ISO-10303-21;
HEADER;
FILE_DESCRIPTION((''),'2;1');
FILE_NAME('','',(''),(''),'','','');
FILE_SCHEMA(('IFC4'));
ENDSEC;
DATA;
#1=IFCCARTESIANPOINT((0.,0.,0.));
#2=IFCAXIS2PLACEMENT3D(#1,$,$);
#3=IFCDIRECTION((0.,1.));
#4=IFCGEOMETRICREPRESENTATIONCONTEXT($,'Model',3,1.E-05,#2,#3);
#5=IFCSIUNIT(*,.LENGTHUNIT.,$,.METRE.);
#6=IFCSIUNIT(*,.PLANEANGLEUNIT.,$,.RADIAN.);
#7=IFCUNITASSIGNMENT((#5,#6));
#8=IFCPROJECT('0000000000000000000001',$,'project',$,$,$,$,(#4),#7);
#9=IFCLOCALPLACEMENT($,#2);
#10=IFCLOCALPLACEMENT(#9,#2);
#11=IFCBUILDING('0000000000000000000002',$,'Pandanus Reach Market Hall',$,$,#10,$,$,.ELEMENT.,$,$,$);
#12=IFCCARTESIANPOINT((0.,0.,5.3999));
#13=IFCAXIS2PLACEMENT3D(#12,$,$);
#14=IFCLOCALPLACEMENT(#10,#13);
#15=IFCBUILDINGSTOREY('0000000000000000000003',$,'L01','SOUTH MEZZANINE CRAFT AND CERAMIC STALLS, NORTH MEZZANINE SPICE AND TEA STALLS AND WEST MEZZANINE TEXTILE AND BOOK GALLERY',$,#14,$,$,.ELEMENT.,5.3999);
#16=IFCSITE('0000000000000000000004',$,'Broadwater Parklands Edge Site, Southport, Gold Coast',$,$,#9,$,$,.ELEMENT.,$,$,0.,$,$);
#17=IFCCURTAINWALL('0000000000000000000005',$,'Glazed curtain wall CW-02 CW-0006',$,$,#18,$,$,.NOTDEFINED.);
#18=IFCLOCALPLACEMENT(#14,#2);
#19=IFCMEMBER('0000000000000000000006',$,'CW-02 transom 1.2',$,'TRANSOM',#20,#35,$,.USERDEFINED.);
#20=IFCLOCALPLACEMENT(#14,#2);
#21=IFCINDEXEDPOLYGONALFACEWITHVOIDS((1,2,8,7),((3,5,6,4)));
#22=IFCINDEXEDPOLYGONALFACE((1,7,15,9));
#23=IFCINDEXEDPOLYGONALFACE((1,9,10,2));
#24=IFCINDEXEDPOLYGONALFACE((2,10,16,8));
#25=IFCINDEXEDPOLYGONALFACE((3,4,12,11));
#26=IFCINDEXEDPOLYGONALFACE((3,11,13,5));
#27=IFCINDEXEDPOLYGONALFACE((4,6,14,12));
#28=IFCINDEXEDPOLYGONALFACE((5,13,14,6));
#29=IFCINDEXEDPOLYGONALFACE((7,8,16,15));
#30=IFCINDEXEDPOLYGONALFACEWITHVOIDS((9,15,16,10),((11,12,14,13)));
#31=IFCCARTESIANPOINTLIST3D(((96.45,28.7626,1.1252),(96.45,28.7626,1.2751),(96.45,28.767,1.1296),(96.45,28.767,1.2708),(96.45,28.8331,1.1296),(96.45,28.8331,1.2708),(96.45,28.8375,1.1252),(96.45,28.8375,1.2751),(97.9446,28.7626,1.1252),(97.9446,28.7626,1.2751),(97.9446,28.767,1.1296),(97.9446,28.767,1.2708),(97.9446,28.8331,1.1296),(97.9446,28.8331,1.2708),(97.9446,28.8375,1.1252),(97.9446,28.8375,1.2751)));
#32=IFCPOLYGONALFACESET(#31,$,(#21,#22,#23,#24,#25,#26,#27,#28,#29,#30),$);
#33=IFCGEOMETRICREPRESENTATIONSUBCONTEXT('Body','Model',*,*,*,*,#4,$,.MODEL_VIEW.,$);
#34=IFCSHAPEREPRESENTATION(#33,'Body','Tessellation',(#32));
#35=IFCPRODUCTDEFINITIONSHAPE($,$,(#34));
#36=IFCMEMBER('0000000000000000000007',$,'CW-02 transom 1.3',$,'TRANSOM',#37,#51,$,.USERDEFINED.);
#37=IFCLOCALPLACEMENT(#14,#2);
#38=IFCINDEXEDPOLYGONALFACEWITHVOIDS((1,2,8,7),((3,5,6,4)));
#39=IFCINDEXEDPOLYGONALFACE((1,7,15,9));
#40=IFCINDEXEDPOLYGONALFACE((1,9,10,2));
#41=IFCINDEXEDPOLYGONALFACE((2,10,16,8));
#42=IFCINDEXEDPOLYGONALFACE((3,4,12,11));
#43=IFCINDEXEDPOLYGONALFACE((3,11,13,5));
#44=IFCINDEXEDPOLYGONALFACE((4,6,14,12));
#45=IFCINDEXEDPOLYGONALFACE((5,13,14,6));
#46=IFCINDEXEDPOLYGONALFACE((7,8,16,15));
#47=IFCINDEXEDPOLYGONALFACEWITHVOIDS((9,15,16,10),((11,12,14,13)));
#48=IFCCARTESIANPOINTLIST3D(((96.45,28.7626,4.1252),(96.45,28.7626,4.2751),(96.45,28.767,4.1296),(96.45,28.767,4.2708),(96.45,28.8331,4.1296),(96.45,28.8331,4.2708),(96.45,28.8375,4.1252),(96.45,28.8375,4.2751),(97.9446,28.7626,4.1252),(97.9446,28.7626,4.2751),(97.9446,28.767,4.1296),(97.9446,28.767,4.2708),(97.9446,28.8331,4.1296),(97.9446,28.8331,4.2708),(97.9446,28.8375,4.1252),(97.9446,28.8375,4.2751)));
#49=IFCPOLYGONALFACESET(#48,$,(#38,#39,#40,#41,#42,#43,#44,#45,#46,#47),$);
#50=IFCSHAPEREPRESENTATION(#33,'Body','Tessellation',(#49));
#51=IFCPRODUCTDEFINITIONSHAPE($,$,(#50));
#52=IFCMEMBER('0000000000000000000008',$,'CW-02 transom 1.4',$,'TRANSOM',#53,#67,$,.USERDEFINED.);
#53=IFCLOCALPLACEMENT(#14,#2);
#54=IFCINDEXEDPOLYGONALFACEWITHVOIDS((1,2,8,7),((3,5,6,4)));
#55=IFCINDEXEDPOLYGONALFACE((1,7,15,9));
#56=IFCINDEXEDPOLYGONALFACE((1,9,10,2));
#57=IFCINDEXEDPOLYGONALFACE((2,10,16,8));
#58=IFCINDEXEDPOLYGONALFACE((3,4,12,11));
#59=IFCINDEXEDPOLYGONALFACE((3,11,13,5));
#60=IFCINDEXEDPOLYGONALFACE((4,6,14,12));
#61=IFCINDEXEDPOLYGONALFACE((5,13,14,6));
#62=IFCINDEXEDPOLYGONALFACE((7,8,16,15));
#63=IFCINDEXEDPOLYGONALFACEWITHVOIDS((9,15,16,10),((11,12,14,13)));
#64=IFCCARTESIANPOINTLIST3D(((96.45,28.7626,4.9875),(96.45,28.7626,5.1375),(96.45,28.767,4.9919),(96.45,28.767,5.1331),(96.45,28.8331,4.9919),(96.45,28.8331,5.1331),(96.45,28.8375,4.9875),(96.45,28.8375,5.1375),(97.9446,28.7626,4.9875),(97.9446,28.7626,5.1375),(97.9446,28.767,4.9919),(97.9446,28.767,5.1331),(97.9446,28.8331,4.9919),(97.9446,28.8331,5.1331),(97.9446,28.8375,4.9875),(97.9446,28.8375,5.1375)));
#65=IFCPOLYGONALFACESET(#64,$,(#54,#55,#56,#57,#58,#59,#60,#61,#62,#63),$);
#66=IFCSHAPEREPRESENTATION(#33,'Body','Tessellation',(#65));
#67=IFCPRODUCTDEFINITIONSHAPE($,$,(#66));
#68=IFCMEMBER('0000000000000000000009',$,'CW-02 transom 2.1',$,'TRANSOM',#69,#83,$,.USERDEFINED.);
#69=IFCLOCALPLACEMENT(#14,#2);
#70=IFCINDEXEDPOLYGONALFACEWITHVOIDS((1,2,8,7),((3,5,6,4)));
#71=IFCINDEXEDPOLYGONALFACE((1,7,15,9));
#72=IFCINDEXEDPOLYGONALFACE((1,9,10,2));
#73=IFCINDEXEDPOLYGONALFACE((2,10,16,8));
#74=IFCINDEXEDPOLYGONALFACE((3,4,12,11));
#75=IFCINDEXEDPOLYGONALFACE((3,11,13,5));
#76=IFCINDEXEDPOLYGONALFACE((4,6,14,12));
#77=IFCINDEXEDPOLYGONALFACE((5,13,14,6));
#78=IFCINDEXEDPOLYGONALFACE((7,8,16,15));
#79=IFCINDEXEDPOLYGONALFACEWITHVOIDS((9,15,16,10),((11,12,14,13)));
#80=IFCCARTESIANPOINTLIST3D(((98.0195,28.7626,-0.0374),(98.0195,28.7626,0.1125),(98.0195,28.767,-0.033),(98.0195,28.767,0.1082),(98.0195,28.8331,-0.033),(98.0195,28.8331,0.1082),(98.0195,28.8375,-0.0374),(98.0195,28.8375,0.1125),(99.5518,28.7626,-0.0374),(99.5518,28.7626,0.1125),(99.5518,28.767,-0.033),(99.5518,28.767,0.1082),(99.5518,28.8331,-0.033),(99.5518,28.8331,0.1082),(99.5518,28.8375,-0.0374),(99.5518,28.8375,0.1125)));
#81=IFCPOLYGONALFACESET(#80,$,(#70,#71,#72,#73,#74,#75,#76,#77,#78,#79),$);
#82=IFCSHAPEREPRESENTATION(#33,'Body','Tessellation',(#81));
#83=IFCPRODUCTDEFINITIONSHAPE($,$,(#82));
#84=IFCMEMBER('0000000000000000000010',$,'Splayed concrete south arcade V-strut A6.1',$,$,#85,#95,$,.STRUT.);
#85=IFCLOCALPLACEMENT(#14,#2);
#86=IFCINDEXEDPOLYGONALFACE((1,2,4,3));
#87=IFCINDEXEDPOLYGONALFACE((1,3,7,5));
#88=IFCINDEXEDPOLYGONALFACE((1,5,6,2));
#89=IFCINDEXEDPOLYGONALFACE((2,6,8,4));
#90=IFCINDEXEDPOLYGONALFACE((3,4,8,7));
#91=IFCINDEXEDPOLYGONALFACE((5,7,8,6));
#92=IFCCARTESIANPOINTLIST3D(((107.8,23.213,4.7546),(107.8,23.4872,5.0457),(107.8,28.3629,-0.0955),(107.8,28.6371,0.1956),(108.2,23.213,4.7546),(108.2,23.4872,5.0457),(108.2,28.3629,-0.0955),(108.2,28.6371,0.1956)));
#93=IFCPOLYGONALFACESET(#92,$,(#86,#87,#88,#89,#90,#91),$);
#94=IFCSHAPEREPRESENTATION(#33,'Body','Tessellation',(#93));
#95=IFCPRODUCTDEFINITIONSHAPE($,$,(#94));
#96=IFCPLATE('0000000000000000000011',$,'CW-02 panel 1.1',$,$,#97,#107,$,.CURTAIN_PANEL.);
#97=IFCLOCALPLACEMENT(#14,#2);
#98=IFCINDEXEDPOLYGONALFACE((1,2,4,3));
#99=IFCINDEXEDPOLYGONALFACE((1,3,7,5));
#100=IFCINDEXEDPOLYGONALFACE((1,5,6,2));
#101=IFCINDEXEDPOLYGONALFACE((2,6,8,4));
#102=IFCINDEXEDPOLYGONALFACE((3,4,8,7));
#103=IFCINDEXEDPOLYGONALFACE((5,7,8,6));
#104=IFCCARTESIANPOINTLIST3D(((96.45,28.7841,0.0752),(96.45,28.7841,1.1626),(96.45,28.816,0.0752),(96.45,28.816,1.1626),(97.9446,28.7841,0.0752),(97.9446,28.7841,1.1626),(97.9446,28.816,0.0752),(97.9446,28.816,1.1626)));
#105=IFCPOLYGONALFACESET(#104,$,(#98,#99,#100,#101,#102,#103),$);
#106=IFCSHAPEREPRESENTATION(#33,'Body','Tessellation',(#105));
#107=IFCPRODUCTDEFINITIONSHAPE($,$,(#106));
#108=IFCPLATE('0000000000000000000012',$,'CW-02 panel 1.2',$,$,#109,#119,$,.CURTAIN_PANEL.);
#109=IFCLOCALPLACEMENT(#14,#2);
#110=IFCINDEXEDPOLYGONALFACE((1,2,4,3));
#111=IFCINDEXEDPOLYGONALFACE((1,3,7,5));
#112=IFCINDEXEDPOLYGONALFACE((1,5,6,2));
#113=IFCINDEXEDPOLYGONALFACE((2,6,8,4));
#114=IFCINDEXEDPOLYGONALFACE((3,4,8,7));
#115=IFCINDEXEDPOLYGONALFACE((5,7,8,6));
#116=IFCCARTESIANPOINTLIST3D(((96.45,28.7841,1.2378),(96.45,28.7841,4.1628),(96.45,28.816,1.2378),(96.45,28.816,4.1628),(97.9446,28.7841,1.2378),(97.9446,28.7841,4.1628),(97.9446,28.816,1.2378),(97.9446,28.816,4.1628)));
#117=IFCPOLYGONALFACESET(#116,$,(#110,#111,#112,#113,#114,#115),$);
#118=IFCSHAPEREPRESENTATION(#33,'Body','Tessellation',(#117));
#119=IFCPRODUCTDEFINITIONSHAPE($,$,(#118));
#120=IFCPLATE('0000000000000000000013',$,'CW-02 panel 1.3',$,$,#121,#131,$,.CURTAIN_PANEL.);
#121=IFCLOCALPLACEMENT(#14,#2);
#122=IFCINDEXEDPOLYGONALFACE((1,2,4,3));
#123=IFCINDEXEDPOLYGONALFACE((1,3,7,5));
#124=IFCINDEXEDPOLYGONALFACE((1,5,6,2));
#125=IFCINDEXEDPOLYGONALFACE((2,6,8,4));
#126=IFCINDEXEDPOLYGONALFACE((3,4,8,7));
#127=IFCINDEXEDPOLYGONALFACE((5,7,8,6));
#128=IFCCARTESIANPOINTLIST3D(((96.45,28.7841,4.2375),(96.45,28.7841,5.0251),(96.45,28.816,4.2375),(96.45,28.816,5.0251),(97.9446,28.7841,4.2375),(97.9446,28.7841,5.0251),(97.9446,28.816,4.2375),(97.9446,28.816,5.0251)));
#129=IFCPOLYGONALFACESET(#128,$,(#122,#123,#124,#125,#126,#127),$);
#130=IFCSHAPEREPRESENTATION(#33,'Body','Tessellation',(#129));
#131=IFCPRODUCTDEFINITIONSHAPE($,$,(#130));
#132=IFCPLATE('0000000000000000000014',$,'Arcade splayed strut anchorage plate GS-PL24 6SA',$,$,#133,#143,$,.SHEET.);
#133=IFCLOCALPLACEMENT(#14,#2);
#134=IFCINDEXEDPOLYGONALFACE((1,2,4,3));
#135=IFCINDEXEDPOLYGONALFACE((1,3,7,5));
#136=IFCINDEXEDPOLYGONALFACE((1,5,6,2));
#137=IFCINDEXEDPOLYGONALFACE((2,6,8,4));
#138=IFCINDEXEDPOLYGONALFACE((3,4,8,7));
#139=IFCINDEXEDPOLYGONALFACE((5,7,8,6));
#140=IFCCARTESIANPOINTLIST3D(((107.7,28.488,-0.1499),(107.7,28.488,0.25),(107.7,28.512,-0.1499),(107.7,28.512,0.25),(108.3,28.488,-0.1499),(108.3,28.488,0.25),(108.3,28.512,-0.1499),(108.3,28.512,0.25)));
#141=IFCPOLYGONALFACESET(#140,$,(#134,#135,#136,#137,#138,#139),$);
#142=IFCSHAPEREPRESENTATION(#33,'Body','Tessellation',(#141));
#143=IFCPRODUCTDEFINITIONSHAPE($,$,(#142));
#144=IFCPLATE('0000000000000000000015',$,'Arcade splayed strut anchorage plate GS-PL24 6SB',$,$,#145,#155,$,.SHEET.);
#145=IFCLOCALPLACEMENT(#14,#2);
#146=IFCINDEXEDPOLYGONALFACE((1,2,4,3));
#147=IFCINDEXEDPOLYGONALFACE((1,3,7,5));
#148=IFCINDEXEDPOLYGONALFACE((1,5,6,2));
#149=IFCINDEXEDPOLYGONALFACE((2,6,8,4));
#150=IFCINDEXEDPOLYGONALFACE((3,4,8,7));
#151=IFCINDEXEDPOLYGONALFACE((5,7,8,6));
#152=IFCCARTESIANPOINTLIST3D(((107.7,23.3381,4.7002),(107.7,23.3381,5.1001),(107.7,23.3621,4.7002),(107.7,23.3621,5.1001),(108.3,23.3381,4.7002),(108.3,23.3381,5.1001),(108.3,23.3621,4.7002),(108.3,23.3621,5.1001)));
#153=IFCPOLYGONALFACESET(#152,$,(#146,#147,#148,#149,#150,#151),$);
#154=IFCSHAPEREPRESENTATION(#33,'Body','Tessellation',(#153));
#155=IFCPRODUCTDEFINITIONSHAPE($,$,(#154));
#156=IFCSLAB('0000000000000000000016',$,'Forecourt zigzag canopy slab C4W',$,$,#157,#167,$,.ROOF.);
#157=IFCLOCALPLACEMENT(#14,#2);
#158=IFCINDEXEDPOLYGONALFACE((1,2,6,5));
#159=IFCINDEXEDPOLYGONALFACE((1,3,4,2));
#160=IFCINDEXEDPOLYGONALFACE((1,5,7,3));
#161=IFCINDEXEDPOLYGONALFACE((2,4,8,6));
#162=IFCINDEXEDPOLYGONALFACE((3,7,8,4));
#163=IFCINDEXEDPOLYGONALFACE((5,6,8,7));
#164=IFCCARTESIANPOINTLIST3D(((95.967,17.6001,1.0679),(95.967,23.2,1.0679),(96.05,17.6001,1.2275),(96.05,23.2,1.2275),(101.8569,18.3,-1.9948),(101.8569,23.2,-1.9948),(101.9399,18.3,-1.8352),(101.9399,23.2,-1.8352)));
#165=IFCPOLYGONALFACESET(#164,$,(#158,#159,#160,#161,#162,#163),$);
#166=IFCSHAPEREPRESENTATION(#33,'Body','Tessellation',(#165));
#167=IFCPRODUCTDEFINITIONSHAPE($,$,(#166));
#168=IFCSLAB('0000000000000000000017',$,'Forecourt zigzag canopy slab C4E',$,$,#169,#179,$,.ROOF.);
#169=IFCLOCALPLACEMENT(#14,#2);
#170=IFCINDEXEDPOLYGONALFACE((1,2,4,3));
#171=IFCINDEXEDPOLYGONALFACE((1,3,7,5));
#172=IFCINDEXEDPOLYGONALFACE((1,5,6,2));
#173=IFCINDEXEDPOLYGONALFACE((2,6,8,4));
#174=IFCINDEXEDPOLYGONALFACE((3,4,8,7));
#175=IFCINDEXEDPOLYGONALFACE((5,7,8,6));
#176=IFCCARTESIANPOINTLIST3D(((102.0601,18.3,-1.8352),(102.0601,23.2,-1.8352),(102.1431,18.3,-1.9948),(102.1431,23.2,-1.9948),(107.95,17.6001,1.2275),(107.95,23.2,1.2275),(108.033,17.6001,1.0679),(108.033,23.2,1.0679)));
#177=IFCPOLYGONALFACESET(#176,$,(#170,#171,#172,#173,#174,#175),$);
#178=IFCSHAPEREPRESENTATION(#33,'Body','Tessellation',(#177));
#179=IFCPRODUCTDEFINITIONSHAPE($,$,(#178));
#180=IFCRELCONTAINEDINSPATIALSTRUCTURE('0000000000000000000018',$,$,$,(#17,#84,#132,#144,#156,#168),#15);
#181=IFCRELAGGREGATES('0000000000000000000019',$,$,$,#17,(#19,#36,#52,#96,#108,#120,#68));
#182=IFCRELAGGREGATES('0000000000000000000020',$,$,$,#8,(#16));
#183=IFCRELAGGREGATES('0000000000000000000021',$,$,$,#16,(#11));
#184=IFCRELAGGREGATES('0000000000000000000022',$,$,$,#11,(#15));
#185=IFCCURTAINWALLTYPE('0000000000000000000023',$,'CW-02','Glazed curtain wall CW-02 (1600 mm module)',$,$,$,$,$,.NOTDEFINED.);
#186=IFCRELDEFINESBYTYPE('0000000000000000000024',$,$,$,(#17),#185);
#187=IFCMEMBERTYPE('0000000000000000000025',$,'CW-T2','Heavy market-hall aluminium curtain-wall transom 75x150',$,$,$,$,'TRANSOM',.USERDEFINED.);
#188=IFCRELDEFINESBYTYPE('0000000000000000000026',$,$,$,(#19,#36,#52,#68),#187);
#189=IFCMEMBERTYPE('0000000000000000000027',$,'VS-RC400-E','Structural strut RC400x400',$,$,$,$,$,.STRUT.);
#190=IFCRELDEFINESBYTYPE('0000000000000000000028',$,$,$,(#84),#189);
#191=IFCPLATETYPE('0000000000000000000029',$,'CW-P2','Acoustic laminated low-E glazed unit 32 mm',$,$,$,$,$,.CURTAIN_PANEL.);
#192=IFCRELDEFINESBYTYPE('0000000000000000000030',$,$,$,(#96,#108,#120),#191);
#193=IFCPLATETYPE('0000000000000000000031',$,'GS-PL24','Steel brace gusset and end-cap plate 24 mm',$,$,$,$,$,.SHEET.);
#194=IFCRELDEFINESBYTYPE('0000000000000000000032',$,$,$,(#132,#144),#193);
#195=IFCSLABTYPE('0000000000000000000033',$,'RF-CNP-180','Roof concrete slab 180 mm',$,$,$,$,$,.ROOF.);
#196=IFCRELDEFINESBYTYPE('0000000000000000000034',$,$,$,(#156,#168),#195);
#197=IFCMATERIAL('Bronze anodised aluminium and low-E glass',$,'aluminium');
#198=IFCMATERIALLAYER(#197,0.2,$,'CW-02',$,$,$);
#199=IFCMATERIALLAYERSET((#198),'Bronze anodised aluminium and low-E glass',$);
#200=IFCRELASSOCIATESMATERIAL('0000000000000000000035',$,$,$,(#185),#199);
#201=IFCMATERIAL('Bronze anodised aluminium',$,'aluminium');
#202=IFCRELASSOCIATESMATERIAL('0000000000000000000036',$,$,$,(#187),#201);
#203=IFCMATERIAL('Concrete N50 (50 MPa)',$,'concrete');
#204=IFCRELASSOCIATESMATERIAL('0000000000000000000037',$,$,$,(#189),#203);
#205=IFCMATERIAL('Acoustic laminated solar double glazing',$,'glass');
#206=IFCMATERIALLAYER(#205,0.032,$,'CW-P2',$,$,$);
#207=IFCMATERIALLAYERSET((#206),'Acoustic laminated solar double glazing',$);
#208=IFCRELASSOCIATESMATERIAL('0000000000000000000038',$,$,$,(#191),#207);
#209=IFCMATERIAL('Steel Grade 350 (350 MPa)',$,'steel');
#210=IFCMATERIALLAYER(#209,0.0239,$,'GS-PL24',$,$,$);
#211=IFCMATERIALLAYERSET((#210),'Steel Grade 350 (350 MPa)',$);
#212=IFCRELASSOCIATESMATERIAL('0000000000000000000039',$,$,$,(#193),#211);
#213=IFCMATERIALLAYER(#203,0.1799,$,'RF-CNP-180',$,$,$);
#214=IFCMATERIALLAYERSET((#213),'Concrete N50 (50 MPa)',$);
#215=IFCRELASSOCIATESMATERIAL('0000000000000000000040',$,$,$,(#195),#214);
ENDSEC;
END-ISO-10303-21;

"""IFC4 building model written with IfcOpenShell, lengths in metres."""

from ifc_helpers import new_model, si_unit, direction, frame, origin, origin_2d, place, context, subcontext, project, spatial, polyline, rectangle, hollow_rectangle, outline, extrude, material, layer, layer_set, material_profile, profile_set, type_object, element, aggregate, save


model = new_model("IFC4")

# Units and contexts
model_context = context("Model", 3, precision=1e-05, world=origin(), true_north=direction((0.0, 1.0)))
body_context = subcontext(model_context, "Body", "Model", "MODEL_VIEW")
ifc_project = project(units=[si_unit("LENGTHUNIT", "METRE"), si_unit("PLANEANGLEUNIT", "RADIAN")], contexts=[model_context])

# Site, building, storey
site_placement = place(None, origin())
site = spatial("IfcSite", under=ifc_project, at=site_placement, Name="Broadwater Parklands Edge Site, Southport, Gold Coast", CompositionType="ELEMENT", RefElevation=0.0)
building_placement = place(site_placement, origin())
building = spatial("IfcBuilding", under=site, at=building_placement, Name="Pandanus Reach Market Hall", CompositionType="ELEMENT")
storey_placement = place(building_placement, frame((0.0, 0.0, 5.3999)))
storey = spatial("IfcBuildingStorey", under=building, at=storey_placement, Name="L01", Description="SOUTH MEZZANINE CRAFT AND CERAMIC STALLS, NORTH MEZZANINE SPICE AND TEA STALLS AND WEST MEZZANINE TEXTILE AND BOOK GALLERY", CompositionType="ELEMENT", Elevation=5.3999)

# Shared definitions
ifc_material_1 = material(Name="Concrete N50 (50 MPa)", Category="concrete")
ifc_material_2 = material(Name="Steel Grade 350 (350 MPa)", Category="steel")

# Curtain wall, members
ifc_material_3 = material(Name="Bronze anodised aluminium and low-E glass", Category="aluminium")
ifc_layer_1 = layer(ifc_material_3, 0.2, Name="CW-02")
ifc_layer_set_1 = layer_set([ifc_layer_1], Name="Bronze anodised aluminium and low-E glass")
curtain_wall_type = type_object("IfcCurtainWallType", Name="CW-02", Description="Glazed curtain wall CW-02 (1600 mm module)", PredefinedType="NOTDEFINED", material=ifc_layer_set_1)
curtain_wall_placement = place(storey_placement, origin())
curtain_wall = element("IfcCurtainWall", 1, at=curtain_wall_placement, inside=storey, type_object=curtain_wall_type, Name="Glazed curtain wall CW-02 CW-0006", PredefinedType="NOTDEFINED")
ifc_material_4 = material(Name="Bronze anodised aluminium", Category="aluminium")
ifc_material_profile_1 = material_profile(ifc_material_4, hollow_rectangle(XDim=0.075, YDim=0.1499, WallThickness=0.0044, at=origin_2d()), Name="ALU75x150", Category="LoadBearing")
ifc_profile_set_1 = profile_set([ifc_material_profile_1], Name="Bronze anodised aluminium")
member_type_1 = type_object("IfcMemberType", Name="CW-T2", Description="Heavy market-hall aluminium curtain-wall transom 75x150", ElementType="TRANSOM", PredefinedType="USERDEFINED", material=ifc_profile_set_1)
member_1_placement = place(storey_placement, frame((96.45, 28.8, 1.2002), z_axis=(1.0, 0.0, 0.0), x_axis=(0.0, 1.0, 0.0)))
member_1 = element("IfcMember", 2, at=member_1_placement, type_object=member_type_1, Name="CW-02 transom 1.2", ObjectType="TRANSOM", PredefinedType="USERDEFINED", context=body_context, shape_type="SweptSolid", body=[
    extrude(hollow_rectangle(XDim=0.075, YDim=0.1499, WallThickness=0.0044, at=origin_2d()), origin(), (0.0, 0.0, 1.0), 1.4946),
])
member_2_placement = place(storey_placement, frame((96.45, 28.8, 4.2002), z_axis=(1.0, 0.0, 0.0), x_axis=(0.0, 1.0, 0.0)))
member_2 = element("IfcMember", 3, at=member_2_placement, type_object=member_type_1, Name="CW-02 transom 1.3", ObjectType="TRANSOM", PredefinedType="USERDEFINED", context=body_context, shape_type="SweptSolid", body=[
    extrude(hollow_rectangle(XDim=0.075, YDim=0.1499, WallThickness=0.0044, at=origin_2d()), origin(), (0.0, 0.0, 1.0), 1.4946),
])
member_3_placement = place(storey_placement, frame((96.45, 28.8, 5.0625), z_axis=(1.0, 0.0, 0.0), x_axis=(0.0, 1.0, 0.0)))
member_3 = element("IfcMember", 4, at=member_3_placement, type_object=member_type_1, Name="CW-02 transom 1.4", ObjectType="TRANSOM", PredefinedType="USERDEFINED", context=body_context, shape_type="SweptSolid", body=[
    extrude(hollow_rectangle(XDim=0.075, YDim=0.1499, WallThickness=0.0044, at=origin_2d()), origin(), (0.0, 0.0, 1.0), 1.4946),
])
member_4_placement = place(storey_placement, frame((98.0195, 28.8, 0.0376), z_axis=(1.0, 0.0, 0.0), x_axis=(0.0, 1.0, 0.0)))
member_4 = element("IfcMember", 5, at=member_4_placement, type_object=member_type_1, Name="CW-02 transom 2.1", ObjectType="TRANSOM", PredefinedType="USERDEFINED", context=body_context, shape_type="SweptSolid", body=[
    extrude(hollow_rectangle(XDim=0.075, YDim=0.1499, WallThickness=0.0044, at=origin_2d()), origin(), (0.0, 0.0, 1.0), 1.5322),
])

# Member
ifc_material_profile_2 = material_profile(ifc_material_1, rectangle(XDim=0.3999, YDim=0.3999, at=origin_2d()), Name="RC400x400", Category="LoadBearing")
ifc_profile_set_2 = profile_set([ifc_material_profile_2], Name="Concrete N50 (50 MPa)")
member_type_2 = type_object("IfcMemberType", Name="VS-RC400-E", Description="Structural strut RC400x400", PredefinedType="STRUT", material=ifc_profile_set_2)
member_5_placement = place(storey_placement, frame((108.0, 28.5, 0.05), z_axis=(0.0, -0.727979, 0.685599), x_axis=(1.0, 0.0, 0.0)))
element("IfcMember", 6, at=member_5_placement, inside=storey, type_object=member_type_2, Name="Splayed concrete south arcade V-strut A6.1", PredefinedType="STRUT", context=body_context, shape_type="SweptSolid", body=[
    extrude(rectangle(XDim=0.3999, YDim=0.3999, at=origin_2d()), origin(), (0.0, 0.0, 1.0), 7.0742),
])

# Plates
ifc_material_5 = material(Name="Acoustic laminated solar double glazing", Category="glass")
ifc_layer_2 = layer(ifc_material_5, 0.032, Name="CW-P2")
ifc_layer_set_2 = layer_set([ifc_layer_2], Name="Acoustic laminated solar double glazing")
plate_type_1 = type_object("IfcPlateType", Name="CW-P2", Description="Acoustic laminated low-E glazed unit 32 mm", PredefinedType="CURTAIN_PANEL", material=ifc_layer_set_2)
plate_1_placement = place(storey_placement, frame((97.1973, 28.8, 0.0752), z_axis=(0.0, 0.0, 1.0), x_axis=(1.0, 0.0, 0.0)))
plate_1 = element("IfcPlate", 7, at=plate_1_placement, type_object=plate_type_1, Name="CW-02 panel 1.1", PredefinedType="CURTAIN_PANEL", context=body_context, shape_type="SweptSolid", body=[
    extrude(rectangle(XDim=1.4946, YDim=0.032, at=origin_2d()), origin(), (0.0, 0.0, 1.0), 1.0874),
])
plate_2_placement = place(storey_placement, frame((97.1973, 28.8, 1.2378), z_axis=(0.0, 0.0, 1.0), x_axis=(1.0, 0.0, 0.0)))
plate_2 = element("IfcPlate", 8, at=plate_2_placement, type_object=plate_type_1, Name="CW-02 panel 1.2", PredefinedType="CURTAIN_PANEL", context=body_context, shape_type="SweptSolid", body=[
    extrude(rectangle(XDim=1.4946, YDim=0.032, at=origin_2d()), origin(), (0.0, 0.0, 1.0), 2.925),
])
plate_3_placement = place(storey_placement, frame((97.1973, 28.8, 4.2375), z_axis=(0.0, 0.0, 1.0), x_axis=(1.0, 0.0, 0.0)))
plate_3 = element("IfcPlate", 9, at=plate_3_placement, type_object=plate_type_1, Name="CW-02 panel 1.3", PredefinedType="CURTAIN_PANEL", context=body_context, shape_type="SweptSolid", body=[
    extrude(rectangle(XDim=1.4946, YDim=0.032, at=origin_2d()), origin(), (0.0, 0.0, 1.0), 0.7876),
])
aggregate(curtain_wall, [member_1, member_2, member_3, plate_1, plate_2, plate_3, member_4])

# Plates
ifc_layer_3 = layer(ifc_material_2, 0.0239, Name="GS-PL24")
ifc_layer_set_3 = layer_set([ifc_layer_3], Name="Steel Grade 350 (350 MPa)")
plate_type_2 = type_object("IfcPlateType", Name="GS-PL24", Description="Steel brace gusset and end-cap plate 24 mm", PredefinedType="SHEET", material=ifc_layer_set_3)
for number, where, z_axis, x_axis, name in (
    (10, (108.0, 28.5, -0.1499), (0.0, 0.0, 1.0), (1.0, 0.0, 0.0), "Arcade splayed strut anchorage plate GS-PL24 6SA"),
    (11, (108.0, 23.3501, 4.7002), (0.0, 0.0, 1.0), (1.0, 0.0, 0.0), "Arcade splayed strut anchorage plate GS-PL24 6SB"),
):
    element("IfcPlate", number, at=place(storey_placement, frame(where, z_axis=z_axis, x_axis=x_axis)), inside=storey, type_object=plate_type_2, Name=name, PredefinedType="SHEET", context=body_context, shape_type="SweptSolid", body=[
        extrude(rectangle(XDim=0.6001, YDim=0.0239, at=origin_2d()), origin(), (0.0, 0.0, 1.0), 0.3999),
    ])

# Slabs
ifc_layer_4 = layer(ifc_material_1, 0.1799, Name="RF-CNP-180")
ifc_layer_set_4 = layer_set([ifc_layer_4], Name="Concrete N50 (50 MPa)")
slab_type = type_object("IfcSlabType", Name="RF-CNP-180", Description="Roof concrete slab 180 mm", PredefinedType="ROOF", material=ifc_layer_set_4)
slab_1_placement = place(storey_placement, frame((96.05, 17.6001, 1.2275), z_axis=(0.461353, 0.0, 0.887217), x_axis=(0.882326, 0.104855, -0.45881)))
element("IfcSlab", 12, at=slab_1_placement, inside=storey, type_object=slab_type, Name="Forecourt zigzag canopy slab C4W", PredefinedType="ROOF", context=body_context, shape_type="SweptSolid", body=[
    extrude(outline(polyline([(0.0, 0.0), (6.6754, 0.0), (7.1892, 4.8729), (0.5872, 5.569), (0.0, 0.0)])), origin(), (0.0, 0.0, -1.0), 0.1799),
])
slab_2_placement = place(storey_placement, frame((102.0601, 18.3, -1.8352), z_axis=(-0.461353, 0.0, 0.887217), x_axis=(0.882326, -0.104855, 0.45881)))
element("IfcSlab", 13, at=slab_2_placement, inside=storey, type_object=slab_type, Name="Forecourt zigzag canopy slab C4E", PredefinedType="ROOF", context=body_context, shape_type="SweptSolid", body=[
    extrude(outline(polyline([(0.0, 0.0), (6.6754, 0.0), (6.0882, 5.569), (-0.5138, 4.8729), (0.0, 0.0)])), origin(), (0.0, 0.0, -1.0), 0.1799),
])

save(model, "model.ifc")
